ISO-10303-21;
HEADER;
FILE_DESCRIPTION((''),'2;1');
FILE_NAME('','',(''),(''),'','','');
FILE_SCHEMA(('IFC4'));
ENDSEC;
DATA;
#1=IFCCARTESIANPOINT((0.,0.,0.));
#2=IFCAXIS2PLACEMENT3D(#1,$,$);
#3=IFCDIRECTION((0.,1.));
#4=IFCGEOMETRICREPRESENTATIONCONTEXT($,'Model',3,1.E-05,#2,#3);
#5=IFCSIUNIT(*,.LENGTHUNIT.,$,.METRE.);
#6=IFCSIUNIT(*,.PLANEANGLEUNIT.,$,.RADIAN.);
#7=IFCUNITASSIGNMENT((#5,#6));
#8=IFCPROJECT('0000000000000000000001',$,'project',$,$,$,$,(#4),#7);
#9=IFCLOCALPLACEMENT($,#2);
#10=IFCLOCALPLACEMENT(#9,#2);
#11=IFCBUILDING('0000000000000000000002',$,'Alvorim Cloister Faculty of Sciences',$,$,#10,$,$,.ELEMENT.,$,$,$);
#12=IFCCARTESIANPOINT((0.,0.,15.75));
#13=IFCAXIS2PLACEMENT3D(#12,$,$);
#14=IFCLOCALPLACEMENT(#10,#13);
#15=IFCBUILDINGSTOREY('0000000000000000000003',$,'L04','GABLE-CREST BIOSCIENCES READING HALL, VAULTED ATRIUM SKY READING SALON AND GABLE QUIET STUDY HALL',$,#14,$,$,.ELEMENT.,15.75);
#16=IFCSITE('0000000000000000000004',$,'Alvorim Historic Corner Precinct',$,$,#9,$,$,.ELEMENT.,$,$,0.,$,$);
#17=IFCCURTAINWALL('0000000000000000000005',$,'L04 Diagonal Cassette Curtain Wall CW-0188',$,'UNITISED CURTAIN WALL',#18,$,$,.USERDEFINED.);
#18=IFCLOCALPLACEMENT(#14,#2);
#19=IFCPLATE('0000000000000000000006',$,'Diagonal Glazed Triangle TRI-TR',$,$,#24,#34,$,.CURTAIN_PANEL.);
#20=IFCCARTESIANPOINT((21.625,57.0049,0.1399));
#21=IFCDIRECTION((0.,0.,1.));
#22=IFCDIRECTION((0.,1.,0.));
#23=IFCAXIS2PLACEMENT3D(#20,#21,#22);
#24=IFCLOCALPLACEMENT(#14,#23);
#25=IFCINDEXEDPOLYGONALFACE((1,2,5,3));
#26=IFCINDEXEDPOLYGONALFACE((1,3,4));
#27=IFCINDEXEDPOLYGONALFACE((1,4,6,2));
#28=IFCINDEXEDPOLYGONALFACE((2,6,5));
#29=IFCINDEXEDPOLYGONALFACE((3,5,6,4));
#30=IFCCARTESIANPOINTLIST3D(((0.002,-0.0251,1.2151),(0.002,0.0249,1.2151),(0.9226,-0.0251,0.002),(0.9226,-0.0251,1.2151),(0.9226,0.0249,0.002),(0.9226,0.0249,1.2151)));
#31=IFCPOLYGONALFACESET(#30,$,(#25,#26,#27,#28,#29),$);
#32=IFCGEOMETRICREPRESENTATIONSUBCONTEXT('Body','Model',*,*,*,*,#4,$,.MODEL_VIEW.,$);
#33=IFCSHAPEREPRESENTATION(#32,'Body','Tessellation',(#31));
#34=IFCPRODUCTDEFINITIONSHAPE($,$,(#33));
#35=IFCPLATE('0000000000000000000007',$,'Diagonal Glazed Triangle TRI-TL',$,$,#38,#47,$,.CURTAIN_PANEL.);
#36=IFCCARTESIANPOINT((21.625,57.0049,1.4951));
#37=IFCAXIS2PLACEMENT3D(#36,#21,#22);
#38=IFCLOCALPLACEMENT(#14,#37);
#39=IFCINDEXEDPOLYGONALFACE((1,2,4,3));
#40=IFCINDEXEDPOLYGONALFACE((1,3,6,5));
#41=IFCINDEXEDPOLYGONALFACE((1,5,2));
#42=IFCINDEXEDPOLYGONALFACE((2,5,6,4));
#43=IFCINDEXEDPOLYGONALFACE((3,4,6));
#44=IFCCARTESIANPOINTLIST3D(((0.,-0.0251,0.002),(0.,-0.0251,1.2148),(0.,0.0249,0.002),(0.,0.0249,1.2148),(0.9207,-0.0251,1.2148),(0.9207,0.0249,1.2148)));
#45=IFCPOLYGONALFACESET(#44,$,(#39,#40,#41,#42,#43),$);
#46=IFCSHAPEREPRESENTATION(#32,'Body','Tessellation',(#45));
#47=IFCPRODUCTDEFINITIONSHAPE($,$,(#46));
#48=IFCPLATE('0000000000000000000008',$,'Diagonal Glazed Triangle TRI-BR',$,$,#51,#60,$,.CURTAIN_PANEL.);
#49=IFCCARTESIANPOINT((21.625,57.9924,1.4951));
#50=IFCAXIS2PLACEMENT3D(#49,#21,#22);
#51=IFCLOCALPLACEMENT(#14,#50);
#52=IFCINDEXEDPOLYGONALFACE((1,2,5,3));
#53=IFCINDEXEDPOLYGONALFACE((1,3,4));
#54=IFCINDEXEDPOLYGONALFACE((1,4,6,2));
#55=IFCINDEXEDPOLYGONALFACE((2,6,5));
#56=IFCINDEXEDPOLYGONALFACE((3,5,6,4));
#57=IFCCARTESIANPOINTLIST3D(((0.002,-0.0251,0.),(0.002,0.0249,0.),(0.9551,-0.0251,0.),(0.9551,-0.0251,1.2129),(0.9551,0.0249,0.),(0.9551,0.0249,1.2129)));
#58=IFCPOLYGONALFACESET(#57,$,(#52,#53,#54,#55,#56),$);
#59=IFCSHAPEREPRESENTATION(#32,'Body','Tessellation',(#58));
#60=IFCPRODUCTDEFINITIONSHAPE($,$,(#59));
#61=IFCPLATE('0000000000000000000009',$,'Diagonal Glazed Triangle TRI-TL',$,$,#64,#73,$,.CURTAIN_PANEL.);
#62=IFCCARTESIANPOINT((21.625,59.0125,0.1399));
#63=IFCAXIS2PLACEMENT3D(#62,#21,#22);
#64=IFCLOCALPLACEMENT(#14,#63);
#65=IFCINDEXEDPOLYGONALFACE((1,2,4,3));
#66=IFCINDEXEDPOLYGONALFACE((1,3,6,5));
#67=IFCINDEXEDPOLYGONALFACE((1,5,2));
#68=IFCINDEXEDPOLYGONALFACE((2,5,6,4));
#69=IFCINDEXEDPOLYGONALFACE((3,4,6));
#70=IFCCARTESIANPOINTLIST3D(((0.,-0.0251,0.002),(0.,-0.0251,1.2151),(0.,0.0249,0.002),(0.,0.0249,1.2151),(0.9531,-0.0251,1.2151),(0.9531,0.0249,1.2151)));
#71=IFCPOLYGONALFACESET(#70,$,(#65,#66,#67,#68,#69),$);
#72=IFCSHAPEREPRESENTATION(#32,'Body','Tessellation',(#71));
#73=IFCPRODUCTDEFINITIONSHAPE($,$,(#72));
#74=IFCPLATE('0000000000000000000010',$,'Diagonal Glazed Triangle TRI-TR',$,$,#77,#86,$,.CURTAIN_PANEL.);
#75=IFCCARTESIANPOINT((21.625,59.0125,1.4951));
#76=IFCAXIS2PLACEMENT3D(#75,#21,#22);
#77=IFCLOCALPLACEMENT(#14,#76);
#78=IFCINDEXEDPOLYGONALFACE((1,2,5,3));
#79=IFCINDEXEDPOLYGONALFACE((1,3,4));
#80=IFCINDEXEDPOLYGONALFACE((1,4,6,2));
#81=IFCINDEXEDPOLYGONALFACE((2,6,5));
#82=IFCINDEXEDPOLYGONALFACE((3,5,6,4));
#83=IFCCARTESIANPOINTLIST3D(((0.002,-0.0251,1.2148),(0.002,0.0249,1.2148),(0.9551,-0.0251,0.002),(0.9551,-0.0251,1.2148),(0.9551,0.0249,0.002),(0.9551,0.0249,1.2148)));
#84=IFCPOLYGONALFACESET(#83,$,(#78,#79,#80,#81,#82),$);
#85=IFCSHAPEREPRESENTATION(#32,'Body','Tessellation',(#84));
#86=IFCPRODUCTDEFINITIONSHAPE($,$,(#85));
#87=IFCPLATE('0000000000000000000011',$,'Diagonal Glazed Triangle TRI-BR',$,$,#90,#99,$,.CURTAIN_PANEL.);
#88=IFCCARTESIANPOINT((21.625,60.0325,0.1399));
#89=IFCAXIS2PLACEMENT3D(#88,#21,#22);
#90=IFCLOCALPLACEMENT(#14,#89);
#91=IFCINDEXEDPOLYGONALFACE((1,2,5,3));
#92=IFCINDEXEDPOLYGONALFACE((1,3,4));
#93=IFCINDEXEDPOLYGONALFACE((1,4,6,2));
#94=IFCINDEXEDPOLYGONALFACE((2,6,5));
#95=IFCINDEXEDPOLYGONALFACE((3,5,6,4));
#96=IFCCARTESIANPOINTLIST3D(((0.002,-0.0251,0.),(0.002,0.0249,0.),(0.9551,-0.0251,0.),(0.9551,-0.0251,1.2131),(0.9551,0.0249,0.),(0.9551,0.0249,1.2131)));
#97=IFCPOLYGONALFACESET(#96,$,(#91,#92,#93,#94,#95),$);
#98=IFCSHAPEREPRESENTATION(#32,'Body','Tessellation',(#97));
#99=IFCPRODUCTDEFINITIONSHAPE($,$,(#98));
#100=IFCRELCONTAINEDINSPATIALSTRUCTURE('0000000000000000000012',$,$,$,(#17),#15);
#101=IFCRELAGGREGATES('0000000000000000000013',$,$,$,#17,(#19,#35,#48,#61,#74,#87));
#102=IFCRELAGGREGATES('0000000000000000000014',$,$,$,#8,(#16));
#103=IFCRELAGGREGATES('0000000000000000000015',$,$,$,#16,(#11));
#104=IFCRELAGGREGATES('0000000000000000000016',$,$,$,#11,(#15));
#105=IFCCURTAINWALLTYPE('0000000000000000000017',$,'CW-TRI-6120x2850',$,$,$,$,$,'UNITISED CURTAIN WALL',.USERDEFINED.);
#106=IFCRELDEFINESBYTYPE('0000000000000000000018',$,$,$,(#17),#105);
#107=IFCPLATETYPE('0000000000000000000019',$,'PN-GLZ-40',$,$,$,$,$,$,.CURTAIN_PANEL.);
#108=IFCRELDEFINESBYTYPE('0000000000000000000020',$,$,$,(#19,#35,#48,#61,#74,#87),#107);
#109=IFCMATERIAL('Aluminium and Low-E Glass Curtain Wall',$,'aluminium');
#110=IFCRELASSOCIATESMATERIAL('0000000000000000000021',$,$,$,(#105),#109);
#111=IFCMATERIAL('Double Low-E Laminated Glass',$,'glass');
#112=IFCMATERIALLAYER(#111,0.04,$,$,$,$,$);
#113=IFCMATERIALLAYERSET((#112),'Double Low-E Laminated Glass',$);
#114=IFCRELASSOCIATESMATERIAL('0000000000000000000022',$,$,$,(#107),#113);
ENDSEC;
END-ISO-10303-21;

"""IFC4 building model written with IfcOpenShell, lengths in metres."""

from ifc_helpers import new_model, si_unit, direction, frame, origin, place, context, subcontext, project, spatial, polyline, outline, extrude, material, layer, layer_set, type_object, element, aggregate, save


model = new_model("IFC4")

# Units and contexts
model_context = context("Model", 3, precision=1e-05, world=origin(), true_north=direction((0.0, 1.0)))
body_context = subcontext(model_context, "Body", "Model", "MODEL_VIEW")
ifc_project = project(units=[si_unit("LENGTHUNIT", "METRE"), si_unit("PLANEANGLEUNIT", "RADIAN")], contexts=[model_context])

# Site, building, storey
site_placement = place(None, origin())
site = spatial("IfcSite", under=ifc_project, at=site_placement, Name="Alvorim Historic Corner Precinct", CompositionType="ELEMENT", RefElevation=0.0)
building_placement = place(site_placement, origin())
building = spatial("IfcBuilding", under=site, at=building_placement, Name="Alvorim Cloister Faculty of Sciences", CompositionType="ELEMENT")
storey_placement = place(building_placement, frame((0.0, 0.0, 15.75)))
storey = spatial("IfcBuildingStorey", under=building, at=storey_placement, Name="L04", Description="GABLE-CREST BIOSCIENCES READING HALL, VAULTED ATRIUM SKY READING SALON AND GABLE QUIET STUDY HALL", CompositionType="ELEMENT", Elevation=15.75)

# Curtain wall, plates
ifc_material_1 = material(Name="Aluminium and Low-E Glass Curtain Wall", Category="aluminium")
curtain_wall_type = type_object("IfcCurtainWallType", Name="CW-TRI-6120x2850", ElementType="UNITISED CURTAIN WALL", PredefinedType="USERDEFINED", material=ifc_material_1)
curtain_wall_placement = place(storey_placement, origin())
curtain_wall = element("IfcCurtainWall", 1, at=curtain_wall_placement, inside=storey, type_object=curtain_wall_type, Name="L04 Diagonal Cassette Curtain Wall CW-0188", ObjectType="UNITISED CURTAIN WALL", PredefinedType="USERDEFINED")
ifc_material_2 = material(Name="Double Low-E Laminated Glass", Category="glass")
ifc_layer = layer(ifc_material_2, 0.04)
ifc_layer_set = layer_set([ifc_layer], Name="Double Low-E Laminated Glass")
plate_type = type_object("IfcPlateType", Name="PN-GLZ-40", PredefinedType="CURTAIN_PANEL", material=ifc_layer_set)
plate_1_placement = place(storey_placement, frame((21.625, 57.0049, 0.1399), z_axis=(0.0, 0.0, 1.0), x_axis=(0.0, 1.0, 0.0)))
plate_1 = element("IfcPlate", 2, at=plate_1_placement, type_object=plate_type, Name="Diagonal Glazed Triangle TRI-TR", PredefinedType="CURTAIN_PANEL", context=body_context, shape_type="SweptSolid", body=[
    extrude(outline(polyline([(0.9226, 0.002), (0.9226, 1.2151), (0.002, 1.2151), (0.9226, 0.002)])), frame((0.0, 0.0249, 0.0), z_axis=(0.0, -1.0, 0.0), x_axis=(1.0, 0.0, 0.0)), (0.0, 0.0, 1.0), 0.05),
])
plate_2_placement = place(storey_placement, frame((21.625, 57.0049, 1.4951), z_axis=(0.0, 0.0, 1.0), x_axis=(0.0, 1.0, 0.0)))
plate_2 = element("IfcPlate", 3, at=plate_2_placement, type_object=plate_type, Name="Diagonal Glazed Triangle TRI-TL", PredefinedType="CURTAIN_PANEL", context=body_context, shape_type="SweptSolid", body=[
    extrude(outline(polyline([(0.9207, 1.2148), (0.0, 1.2148), (0.0, 0.002), (0.9207, 1.2148)])), frame((0.0, 0.0249, 0.0), z_axis=(0.0, -1.0, 0.0), x_axis=(1.0, 0.0, 0.0)), (0.0, 0.0, 1.0), 0.05),
])
plate_3_placement = place(storey_placement, frame((21.625, 57.9924, 1.4951), z_axis=(0.0, 0.0, 1.0), x_axis=(0.0, 1.0, 0.0)))
plate_3 = element("IfcPlate", 4, at=plate_3_placement, type_object=plate_type, Name="Diagonal Glazed Triangle TRI-BR", PredefinedType="CURTAIN_PANEL", context=body_context, shape_type="SweptSolid", body=[
    extrude(outline(polyline([(0.002, 0.0), (0.9551, 0.0), (0.9551, 1.2129), (0.002, 0.0)])), frame((0.0, 0.0249, 0.0), z_axis=(0.0, -1.0, 0.0), x_axis=(1.0, 0.0, 0.0)), (0.0, 0.0, 1.0), 0.05),
])
plate_4_placement = place(storey_placement, frame((21.625, 59.0125, 0.1399), z_axis=(0.0, 0.0, 1.0), x_axis=(0.0, 1.0, 0.0)))
plate_4 = element("IfcPlate", 5, at=plate_4_placement, type_object=plate_type, Name="Diagonal Glazed Triangle TRI-TL", PredefinedType="CURTAIN_PANEL", context=body_context, shape_type="SweptSolid", body=[
    extrude(outline(polyline([(0.9531, 1.2151), (0.0, 1.2151), (0.0, 0.002), (0.9531, 1.2151)])), frame((0.0, 0.0249, 0.0), z_axis=(0.0, -1.0, 0.0), x_axis=(1.0, 0.0, 0.0)), (0.0, 0.0, 1.0), 0.05),
])
plate_5_placement = place(storey_placement, frame((21.625, 59.0125, 1.4951), z_axis=(0.0, 0.0, 1.0), x_axis=(0.0, 1.0, 0.0)))
plate_5 = element("IfcPlate", 6, at=plate_5_placement, type_object=plate_type, Name="Diagonal Glazed Triangle TRI-TR", PredefinedType="CURTAIN_PANEL", context=body_context, shape_type="SweptSolid", body=[
    extrude(outline(polyline([(0.9551, 0.002), (0.9551, 1.2148), (0.002, 1.2148), (0.9551, 0.002)])), frame((0.0, 0.0249, 0.0), z_axis=(0.0, -1.0, 0.0), x_axis=(1.0, 0.0, 0.0)), (0.0, 0.0, 1.0), 0.05),
])
plate_6_placement = place(storey_placement, frame((21.625, 60.0325, 0.1399), z_axis=(0.0, 0.0, 1.0), x_axis=(0.0, 1.0, 0.0)))
plate_6 = element("IfcPlate", 7, at=plate_6_placement, type_object=plate_type, Name="Diagonal Glazed Triangle TRI-BR", PredefinedType="CURTAIN_PANEL", context=body_context, shape_type="SweptSolid", body=[
    extrude(outline(polyline([(0.002, 0.0), (0.9551, 0.0), (0.9551, 1.2131), (0.002, 0.0)])), frame((0.0, 0.0249, 0.0), z_axis=(0.0, -1.0, 0.0), x_axis=(1.0, 0.0, 0.0)), (0.0, 0.0, 1.0), 0.05),
])
aggregate(curtain_wall, [plate_1, plate_2, plate_3, plate_4, plate_5, plate_6])

save(model, "model.ifc")
